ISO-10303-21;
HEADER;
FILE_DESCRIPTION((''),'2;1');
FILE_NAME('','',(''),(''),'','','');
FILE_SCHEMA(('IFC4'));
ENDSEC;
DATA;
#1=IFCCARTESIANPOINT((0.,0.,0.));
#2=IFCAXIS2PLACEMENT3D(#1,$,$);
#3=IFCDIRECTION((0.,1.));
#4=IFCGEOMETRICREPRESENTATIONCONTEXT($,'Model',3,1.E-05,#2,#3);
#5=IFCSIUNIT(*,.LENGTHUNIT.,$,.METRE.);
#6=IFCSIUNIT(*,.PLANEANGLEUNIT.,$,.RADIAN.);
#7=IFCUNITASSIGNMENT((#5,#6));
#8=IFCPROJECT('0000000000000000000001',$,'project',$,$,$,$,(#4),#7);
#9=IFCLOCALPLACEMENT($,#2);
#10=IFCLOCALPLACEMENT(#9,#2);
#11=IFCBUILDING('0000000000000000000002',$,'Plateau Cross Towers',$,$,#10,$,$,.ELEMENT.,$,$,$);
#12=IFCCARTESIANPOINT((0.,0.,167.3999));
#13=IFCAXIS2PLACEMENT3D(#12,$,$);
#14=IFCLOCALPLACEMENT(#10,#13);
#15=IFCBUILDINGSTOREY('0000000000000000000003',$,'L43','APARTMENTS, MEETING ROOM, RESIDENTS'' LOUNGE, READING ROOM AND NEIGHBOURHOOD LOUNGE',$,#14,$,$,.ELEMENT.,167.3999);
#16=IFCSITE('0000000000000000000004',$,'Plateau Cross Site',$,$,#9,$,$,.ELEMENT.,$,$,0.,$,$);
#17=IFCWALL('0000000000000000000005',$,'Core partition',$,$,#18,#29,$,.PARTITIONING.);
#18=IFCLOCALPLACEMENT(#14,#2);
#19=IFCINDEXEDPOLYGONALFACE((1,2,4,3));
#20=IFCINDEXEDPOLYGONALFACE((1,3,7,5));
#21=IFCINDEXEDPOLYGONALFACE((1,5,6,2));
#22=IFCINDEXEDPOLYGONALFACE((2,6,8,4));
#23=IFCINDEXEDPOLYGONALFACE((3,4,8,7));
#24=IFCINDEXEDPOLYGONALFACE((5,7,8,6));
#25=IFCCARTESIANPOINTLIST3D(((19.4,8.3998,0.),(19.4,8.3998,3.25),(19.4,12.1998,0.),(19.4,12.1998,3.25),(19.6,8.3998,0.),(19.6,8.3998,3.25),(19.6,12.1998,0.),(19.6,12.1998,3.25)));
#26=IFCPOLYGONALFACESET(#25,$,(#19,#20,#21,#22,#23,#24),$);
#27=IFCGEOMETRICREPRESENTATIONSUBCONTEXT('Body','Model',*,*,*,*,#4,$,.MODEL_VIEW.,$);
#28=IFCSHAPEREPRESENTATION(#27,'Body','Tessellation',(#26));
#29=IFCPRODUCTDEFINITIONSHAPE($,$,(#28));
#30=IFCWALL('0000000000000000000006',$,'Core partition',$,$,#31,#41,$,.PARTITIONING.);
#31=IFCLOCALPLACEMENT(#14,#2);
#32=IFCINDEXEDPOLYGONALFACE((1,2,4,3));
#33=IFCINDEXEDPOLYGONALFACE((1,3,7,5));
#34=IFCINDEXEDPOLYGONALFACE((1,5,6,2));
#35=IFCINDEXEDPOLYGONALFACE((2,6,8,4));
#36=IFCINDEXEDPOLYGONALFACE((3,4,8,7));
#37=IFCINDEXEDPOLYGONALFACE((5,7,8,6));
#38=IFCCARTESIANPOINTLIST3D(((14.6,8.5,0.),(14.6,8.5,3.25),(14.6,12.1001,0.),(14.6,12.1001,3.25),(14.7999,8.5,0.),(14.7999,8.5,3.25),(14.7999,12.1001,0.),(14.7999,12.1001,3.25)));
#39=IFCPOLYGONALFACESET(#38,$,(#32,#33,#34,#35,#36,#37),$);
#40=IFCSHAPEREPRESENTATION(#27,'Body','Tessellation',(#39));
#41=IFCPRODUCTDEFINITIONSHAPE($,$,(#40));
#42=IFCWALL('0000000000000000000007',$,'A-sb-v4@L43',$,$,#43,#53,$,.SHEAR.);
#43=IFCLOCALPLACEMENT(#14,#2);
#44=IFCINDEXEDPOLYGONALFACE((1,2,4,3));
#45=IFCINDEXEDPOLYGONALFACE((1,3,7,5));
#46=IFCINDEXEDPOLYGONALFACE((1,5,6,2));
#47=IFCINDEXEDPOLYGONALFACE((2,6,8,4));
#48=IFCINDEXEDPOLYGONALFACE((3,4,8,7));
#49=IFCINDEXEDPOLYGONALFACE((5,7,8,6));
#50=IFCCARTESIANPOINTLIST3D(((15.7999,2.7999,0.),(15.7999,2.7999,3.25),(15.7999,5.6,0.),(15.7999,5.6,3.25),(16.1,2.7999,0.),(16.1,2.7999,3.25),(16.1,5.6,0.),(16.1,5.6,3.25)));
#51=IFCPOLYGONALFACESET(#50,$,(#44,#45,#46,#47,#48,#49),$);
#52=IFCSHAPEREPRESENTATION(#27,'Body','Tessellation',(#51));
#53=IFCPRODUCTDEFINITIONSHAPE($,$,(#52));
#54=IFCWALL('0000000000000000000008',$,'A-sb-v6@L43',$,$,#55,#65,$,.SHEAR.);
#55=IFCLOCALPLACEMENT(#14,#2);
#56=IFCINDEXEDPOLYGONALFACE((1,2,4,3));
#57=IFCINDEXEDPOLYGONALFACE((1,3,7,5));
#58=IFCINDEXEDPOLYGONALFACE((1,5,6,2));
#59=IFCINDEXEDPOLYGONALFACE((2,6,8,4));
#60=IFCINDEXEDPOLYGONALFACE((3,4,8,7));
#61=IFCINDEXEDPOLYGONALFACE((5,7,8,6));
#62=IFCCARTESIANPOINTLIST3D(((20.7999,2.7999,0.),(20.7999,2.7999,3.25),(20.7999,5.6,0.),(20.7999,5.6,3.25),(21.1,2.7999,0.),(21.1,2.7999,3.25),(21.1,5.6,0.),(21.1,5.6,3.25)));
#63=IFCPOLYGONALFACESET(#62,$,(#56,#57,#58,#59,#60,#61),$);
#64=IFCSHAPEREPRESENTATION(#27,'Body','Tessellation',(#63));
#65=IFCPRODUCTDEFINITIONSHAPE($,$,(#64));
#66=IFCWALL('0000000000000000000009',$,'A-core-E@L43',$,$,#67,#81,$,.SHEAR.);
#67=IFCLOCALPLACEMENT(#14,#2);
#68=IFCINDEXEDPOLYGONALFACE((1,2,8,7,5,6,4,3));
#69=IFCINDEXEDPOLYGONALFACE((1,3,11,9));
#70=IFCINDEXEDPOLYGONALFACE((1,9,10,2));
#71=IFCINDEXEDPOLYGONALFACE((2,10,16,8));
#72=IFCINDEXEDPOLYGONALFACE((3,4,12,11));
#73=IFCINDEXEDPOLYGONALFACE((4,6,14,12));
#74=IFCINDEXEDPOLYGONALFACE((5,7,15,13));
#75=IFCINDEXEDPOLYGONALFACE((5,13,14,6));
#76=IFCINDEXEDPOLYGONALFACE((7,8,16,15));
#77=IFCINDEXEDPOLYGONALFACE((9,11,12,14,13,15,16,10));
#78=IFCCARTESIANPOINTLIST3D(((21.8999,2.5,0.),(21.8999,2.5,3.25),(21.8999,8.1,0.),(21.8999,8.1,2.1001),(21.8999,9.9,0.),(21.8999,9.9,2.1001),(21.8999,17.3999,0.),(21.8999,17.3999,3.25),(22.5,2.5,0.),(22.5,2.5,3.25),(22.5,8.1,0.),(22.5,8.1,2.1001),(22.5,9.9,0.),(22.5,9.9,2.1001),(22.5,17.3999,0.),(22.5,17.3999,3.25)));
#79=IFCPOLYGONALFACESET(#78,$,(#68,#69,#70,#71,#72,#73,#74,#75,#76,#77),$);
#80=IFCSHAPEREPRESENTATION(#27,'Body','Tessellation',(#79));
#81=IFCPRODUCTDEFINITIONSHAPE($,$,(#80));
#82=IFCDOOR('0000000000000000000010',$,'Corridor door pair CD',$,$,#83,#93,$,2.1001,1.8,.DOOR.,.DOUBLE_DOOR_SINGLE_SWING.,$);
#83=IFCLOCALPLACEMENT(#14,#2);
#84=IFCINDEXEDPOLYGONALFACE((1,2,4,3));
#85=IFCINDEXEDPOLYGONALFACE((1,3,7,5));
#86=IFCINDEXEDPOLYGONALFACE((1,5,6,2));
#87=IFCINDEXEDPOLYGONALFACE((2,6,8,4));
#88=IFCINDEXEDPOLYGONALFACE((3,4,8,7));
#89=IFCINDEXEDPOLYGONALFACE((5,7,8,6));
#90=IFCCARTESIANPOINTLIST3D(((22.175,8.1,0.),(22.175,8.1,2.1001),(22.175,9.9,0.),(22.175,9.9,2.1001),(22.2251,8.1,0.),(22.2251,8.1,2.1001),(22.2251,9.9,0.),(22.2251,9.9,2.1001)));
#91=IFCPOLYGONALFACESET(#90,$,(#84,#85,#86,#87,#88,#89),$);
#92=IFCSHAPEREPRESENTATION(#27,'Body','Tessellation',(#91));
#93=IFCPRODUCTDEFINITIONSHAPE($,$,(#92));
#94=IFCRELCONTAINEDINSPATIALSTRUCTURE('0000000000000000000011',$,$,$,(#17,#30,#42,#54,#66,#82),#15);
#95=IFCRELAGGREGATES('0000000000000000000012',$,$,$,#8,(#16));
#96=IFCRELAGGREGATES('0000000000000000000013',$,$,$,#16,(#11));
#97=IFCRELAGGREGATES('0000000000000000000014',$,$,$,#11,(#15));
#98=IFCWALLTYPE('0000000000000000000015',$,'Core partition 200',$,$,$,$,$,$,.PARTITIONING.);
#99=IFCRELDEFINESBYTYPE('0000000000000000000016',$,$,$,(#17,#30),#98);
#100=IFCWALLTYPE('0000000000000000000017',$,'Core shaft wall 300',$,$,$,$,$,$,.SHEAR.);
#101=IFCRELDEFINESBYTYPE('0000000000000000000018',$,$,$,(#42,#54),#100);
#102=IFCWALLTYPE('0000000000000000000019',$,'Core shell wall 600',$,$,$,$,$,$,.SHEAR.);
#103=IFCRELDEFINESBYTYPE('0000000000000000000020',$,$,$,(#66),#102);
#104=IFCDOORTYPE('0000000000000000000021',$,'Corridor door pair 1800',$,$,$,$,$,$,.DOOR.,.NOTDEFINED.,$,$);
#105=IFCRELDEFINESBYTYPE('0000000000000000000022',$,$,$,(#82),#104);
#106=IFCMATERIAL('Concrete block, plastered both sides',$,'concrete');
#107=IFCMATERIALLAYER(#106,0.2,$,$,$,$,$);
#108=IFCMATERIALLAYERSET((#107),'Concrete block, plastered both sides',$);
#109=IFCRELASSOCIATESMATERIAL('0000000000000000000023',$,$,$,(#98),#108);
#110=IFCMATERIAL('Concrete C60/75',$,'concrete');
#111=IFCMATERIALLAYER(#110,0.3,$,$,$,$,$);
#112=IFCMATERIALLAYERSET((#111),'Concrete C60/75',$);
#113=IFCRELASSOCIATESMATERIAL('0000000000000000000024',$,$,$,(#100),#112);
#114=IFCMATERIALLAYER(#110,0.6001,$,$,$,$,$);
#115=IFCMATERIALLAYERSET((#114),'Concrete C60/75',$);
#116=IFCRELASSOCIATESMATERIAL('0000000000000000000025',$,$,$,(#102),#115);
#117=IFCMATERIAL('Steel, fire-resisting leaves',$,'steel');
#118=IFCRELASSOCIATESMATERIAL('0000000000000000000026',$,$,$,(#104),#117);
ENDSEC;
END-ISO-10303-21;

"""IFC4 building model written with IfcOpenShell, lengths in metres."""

from ifc_helpers import new_model, si_unit, direction, frame, frame_2d, origin, place, context, subcontext, project, spatial, rectangle, extrude, material, layer, layer_set, type_object, element, fill, save


model = new_model("IFC4")

# Units and contexts
model_context = context("Model", 3, precision=1e-05, world=origin(), true_north=direction((0.0, 1.0)))
body_context = subcontext(model_context, "Body", "Model", "MODEL_VIEW")
ifc_project = project(units=[si_unit("LENGTHUNIT", "METRE"), si_unit("PLANEANGLEUNIT", "RADIAN")], contexts=[model_context])

# Site, building, storey
site_placement = place(None, origin())
site = spatial("IfcSite", under=ifc_project, at=site_placement, Name="Plateau Cross Site", CompositionType="ELEMENT", RefElevation=0.0)
building_placement = place(site_placement, origin())
building = spatial("IfcBuilding", under=site, at=building_placement, Name="Plateau Cross Towers", CompositionType="ELEMENT")
storey_placement = place(building_placement, frame((0.0, 0.0, 167.3999)))
storey = spatial("IfcBuildingStorey", under=building, at=storey_placement, Name="L43", Description="APARTMENTS, MEETING ROOM, RESIDENTS' LOUNGE, READING ROOM AND NEIGHBOURHOOD LOUNGE", CompositionType="ELEMENT", Elevation=167.3999)

# Walls
ifc_material_1 = material(Name="Concrete block, plastered both sides", Category="concrete")
ifc_layer_1 = layer(ifc_material_1, 0.2)
ifc_layer_set_1 = layer_set([ifc_layer_1], Name="Concrete block, plastered both sides")
wall_type_1 = type_object("IfcWallType", Name="Core partition 200", PredefinedType="PARTITIONING", material=ifc_layer_set_1)
wall_1_placement = place(storey_placement, frame((19.5, 8.3999, 0.0), z_axis=(0.0, 0.0, 1.0), x_axis=(0.0, 1.0, 0.0)))
element("IfcWall", 1, at=wall_1_placement, inside=storey, type_object=wall_type_1, Name="Core partition", PredefinedType="PARTITIONING", context=body_context, shape_type="SweptSolid", body=[
    extrude(rectangle(XDim=3.8, YDim=0.2, at=frame_2d((1.8999, 0.0))), origin(), (0.0, 0.0, 1.0), 3.25),
])
wall_2_placement = place(storey_placement, frame((14.7, 8.5, 0.0), z_axis=(0.0, 0.0, 1.0), x_axis=(0.0, 1.0, 0.0)))
element("IfcWall", 2, at=wall_2_placement, inside=storey, type_object=wall_type_1, Name="Core partition", PredefinedType="PARTITIONING", context=body_context, shape_type="SweptSolid", body=[
    extrude(rectangle(XDim=3.6001, YDim=0.2, at=frame_2d((1.8, 0.0))), origin(), (0.0, 0.0, 1.0), 3.25),
])
ifc_material_2 = material(Name="Concrete C60/75", Category="concrete")
ifc_layer_2 = layer(ifc_material_2, 0.3)
ifc_layer_set_2 = layer_set([ifc_layer_2], Name="Concrete C60/75")
wall_type_2 = type_object("IfcWallType", Name="Core shaft wall 300", PredefinedType="SHEAR", material=ifc_layer_set_2)
for number, where, z_axis, x_axis, name in (
    (3, (15.95, 2.8, 0.0), (0.0, 0.0, 1.0), (0.0, 1.0, 0.0), "A-sb-v4@L43"),
    (4, (20.95, 2.8, 0.0), (0.0, 0.0, 1.0), (0.0, 1.0, 0.0), "A-sb-v6@L43"),
):
    element("IfcWall", number, at=place(storey_placement, frame(where, z_axis=z_axis, x_axis=x_axis)), inside=storey, type_object=wall_type_2, Name=name, PredefinedType="SHEAR", context=body_context, shape_type="SweptSolid", body=[
        extrude(rectangle(XDim=2.8, YDim=0.3, at=frame_2d((1.3999, 0.0))), origin(), (0.0, 0.0, 1.0), 3.25),
    ])

# Wall, opening, door
ifc_layer_3 = layer(ifc_material_2, 0.6001)
ifc_layer_set_3 = layer_set([ifc_layer_3], Name="Concrete C60/75")
wall_type_3 = type_object("IfcWallType", Name="Core shell wall 600", PredefinedType="SHEAR", material=ifc_layer_set_3)
wall_3_placement = place(storey_placement, frame((22.2, 2.5, 0.0), z_axis=(0.0, 0.0, 1.0), x_axis=(0.0, 1.0, 0.0)))
wall_3 = element("IfcWall", 5, at=wall_3_placement, inside=storey, type_object=wall_type_3, Name="A-core-E@L43", PredefinedType="SHEAR", context=body_context, shape_type="SweptSolid", body=[
    extrude(rectangle(XDim=14.8999, YDim=0.6001, at=frame_2d((7.45, 0.0))), origin(), (0.0, 0.0, 1.0), 3.25),
])
opening_1_placement = place(wall_3_placement, frame((5.6001, 0.0, 0.0)))
opening_1 = element("IfcOpeningElement", 6, at=opening_1_placement, cuts=wall_3, PredefinedType="OPENING", context=body_context, shape_type="SweptSolid", body=[
    extrude(rectangle(XDim=1.8, YDim=2.1001, at=frame_2d((0.8999, 1.05))), frame((0.0, 0.3101, 0.0), z_axis=(0.0, -1.0, 0.0), x_axis=(1.0, 0.0, 0.0)), (0.0, 0.0, 1.0), 0.6201),
])
ifc_material_3 = material(Name="Steel, fire-resisting leaves", Category="steel")
door_type_1 = type_object("IfcDoorType", Name="Corridor door pair 1800", OperationType="NOTDEFINED", PredefinedType="DOOR", material=ifc_material_3)
door_1_placement = place(opening_1_placement, origin())
door_1 = element("IfcDoor", 7, at=door_1_placement, inside=storey, type_object=door_type_1, Name="Corridor door pair CD", OperationType="DOUBLE_DOOR_SINGLE_SWING", OverallHeight=2.1001, OverallWidth=1.8, PredefinedType="DOOR", context=body_context, shape_type="SweptSolid", body=[
    extrude(rectangle(XDim=1.8, YDim=2.1001, at=frame_2d((0.8999, 1.05))), frame((0.0, 0.0249, 0.0), z_axis=(0.0, -1.0, 0.0), x_axis=(1.0, 0.0, 0.0)), (0.0, 0.0, 1.0), 0.05),
])
fill(opening_1, door_1)

save(model, "model.ifc")
